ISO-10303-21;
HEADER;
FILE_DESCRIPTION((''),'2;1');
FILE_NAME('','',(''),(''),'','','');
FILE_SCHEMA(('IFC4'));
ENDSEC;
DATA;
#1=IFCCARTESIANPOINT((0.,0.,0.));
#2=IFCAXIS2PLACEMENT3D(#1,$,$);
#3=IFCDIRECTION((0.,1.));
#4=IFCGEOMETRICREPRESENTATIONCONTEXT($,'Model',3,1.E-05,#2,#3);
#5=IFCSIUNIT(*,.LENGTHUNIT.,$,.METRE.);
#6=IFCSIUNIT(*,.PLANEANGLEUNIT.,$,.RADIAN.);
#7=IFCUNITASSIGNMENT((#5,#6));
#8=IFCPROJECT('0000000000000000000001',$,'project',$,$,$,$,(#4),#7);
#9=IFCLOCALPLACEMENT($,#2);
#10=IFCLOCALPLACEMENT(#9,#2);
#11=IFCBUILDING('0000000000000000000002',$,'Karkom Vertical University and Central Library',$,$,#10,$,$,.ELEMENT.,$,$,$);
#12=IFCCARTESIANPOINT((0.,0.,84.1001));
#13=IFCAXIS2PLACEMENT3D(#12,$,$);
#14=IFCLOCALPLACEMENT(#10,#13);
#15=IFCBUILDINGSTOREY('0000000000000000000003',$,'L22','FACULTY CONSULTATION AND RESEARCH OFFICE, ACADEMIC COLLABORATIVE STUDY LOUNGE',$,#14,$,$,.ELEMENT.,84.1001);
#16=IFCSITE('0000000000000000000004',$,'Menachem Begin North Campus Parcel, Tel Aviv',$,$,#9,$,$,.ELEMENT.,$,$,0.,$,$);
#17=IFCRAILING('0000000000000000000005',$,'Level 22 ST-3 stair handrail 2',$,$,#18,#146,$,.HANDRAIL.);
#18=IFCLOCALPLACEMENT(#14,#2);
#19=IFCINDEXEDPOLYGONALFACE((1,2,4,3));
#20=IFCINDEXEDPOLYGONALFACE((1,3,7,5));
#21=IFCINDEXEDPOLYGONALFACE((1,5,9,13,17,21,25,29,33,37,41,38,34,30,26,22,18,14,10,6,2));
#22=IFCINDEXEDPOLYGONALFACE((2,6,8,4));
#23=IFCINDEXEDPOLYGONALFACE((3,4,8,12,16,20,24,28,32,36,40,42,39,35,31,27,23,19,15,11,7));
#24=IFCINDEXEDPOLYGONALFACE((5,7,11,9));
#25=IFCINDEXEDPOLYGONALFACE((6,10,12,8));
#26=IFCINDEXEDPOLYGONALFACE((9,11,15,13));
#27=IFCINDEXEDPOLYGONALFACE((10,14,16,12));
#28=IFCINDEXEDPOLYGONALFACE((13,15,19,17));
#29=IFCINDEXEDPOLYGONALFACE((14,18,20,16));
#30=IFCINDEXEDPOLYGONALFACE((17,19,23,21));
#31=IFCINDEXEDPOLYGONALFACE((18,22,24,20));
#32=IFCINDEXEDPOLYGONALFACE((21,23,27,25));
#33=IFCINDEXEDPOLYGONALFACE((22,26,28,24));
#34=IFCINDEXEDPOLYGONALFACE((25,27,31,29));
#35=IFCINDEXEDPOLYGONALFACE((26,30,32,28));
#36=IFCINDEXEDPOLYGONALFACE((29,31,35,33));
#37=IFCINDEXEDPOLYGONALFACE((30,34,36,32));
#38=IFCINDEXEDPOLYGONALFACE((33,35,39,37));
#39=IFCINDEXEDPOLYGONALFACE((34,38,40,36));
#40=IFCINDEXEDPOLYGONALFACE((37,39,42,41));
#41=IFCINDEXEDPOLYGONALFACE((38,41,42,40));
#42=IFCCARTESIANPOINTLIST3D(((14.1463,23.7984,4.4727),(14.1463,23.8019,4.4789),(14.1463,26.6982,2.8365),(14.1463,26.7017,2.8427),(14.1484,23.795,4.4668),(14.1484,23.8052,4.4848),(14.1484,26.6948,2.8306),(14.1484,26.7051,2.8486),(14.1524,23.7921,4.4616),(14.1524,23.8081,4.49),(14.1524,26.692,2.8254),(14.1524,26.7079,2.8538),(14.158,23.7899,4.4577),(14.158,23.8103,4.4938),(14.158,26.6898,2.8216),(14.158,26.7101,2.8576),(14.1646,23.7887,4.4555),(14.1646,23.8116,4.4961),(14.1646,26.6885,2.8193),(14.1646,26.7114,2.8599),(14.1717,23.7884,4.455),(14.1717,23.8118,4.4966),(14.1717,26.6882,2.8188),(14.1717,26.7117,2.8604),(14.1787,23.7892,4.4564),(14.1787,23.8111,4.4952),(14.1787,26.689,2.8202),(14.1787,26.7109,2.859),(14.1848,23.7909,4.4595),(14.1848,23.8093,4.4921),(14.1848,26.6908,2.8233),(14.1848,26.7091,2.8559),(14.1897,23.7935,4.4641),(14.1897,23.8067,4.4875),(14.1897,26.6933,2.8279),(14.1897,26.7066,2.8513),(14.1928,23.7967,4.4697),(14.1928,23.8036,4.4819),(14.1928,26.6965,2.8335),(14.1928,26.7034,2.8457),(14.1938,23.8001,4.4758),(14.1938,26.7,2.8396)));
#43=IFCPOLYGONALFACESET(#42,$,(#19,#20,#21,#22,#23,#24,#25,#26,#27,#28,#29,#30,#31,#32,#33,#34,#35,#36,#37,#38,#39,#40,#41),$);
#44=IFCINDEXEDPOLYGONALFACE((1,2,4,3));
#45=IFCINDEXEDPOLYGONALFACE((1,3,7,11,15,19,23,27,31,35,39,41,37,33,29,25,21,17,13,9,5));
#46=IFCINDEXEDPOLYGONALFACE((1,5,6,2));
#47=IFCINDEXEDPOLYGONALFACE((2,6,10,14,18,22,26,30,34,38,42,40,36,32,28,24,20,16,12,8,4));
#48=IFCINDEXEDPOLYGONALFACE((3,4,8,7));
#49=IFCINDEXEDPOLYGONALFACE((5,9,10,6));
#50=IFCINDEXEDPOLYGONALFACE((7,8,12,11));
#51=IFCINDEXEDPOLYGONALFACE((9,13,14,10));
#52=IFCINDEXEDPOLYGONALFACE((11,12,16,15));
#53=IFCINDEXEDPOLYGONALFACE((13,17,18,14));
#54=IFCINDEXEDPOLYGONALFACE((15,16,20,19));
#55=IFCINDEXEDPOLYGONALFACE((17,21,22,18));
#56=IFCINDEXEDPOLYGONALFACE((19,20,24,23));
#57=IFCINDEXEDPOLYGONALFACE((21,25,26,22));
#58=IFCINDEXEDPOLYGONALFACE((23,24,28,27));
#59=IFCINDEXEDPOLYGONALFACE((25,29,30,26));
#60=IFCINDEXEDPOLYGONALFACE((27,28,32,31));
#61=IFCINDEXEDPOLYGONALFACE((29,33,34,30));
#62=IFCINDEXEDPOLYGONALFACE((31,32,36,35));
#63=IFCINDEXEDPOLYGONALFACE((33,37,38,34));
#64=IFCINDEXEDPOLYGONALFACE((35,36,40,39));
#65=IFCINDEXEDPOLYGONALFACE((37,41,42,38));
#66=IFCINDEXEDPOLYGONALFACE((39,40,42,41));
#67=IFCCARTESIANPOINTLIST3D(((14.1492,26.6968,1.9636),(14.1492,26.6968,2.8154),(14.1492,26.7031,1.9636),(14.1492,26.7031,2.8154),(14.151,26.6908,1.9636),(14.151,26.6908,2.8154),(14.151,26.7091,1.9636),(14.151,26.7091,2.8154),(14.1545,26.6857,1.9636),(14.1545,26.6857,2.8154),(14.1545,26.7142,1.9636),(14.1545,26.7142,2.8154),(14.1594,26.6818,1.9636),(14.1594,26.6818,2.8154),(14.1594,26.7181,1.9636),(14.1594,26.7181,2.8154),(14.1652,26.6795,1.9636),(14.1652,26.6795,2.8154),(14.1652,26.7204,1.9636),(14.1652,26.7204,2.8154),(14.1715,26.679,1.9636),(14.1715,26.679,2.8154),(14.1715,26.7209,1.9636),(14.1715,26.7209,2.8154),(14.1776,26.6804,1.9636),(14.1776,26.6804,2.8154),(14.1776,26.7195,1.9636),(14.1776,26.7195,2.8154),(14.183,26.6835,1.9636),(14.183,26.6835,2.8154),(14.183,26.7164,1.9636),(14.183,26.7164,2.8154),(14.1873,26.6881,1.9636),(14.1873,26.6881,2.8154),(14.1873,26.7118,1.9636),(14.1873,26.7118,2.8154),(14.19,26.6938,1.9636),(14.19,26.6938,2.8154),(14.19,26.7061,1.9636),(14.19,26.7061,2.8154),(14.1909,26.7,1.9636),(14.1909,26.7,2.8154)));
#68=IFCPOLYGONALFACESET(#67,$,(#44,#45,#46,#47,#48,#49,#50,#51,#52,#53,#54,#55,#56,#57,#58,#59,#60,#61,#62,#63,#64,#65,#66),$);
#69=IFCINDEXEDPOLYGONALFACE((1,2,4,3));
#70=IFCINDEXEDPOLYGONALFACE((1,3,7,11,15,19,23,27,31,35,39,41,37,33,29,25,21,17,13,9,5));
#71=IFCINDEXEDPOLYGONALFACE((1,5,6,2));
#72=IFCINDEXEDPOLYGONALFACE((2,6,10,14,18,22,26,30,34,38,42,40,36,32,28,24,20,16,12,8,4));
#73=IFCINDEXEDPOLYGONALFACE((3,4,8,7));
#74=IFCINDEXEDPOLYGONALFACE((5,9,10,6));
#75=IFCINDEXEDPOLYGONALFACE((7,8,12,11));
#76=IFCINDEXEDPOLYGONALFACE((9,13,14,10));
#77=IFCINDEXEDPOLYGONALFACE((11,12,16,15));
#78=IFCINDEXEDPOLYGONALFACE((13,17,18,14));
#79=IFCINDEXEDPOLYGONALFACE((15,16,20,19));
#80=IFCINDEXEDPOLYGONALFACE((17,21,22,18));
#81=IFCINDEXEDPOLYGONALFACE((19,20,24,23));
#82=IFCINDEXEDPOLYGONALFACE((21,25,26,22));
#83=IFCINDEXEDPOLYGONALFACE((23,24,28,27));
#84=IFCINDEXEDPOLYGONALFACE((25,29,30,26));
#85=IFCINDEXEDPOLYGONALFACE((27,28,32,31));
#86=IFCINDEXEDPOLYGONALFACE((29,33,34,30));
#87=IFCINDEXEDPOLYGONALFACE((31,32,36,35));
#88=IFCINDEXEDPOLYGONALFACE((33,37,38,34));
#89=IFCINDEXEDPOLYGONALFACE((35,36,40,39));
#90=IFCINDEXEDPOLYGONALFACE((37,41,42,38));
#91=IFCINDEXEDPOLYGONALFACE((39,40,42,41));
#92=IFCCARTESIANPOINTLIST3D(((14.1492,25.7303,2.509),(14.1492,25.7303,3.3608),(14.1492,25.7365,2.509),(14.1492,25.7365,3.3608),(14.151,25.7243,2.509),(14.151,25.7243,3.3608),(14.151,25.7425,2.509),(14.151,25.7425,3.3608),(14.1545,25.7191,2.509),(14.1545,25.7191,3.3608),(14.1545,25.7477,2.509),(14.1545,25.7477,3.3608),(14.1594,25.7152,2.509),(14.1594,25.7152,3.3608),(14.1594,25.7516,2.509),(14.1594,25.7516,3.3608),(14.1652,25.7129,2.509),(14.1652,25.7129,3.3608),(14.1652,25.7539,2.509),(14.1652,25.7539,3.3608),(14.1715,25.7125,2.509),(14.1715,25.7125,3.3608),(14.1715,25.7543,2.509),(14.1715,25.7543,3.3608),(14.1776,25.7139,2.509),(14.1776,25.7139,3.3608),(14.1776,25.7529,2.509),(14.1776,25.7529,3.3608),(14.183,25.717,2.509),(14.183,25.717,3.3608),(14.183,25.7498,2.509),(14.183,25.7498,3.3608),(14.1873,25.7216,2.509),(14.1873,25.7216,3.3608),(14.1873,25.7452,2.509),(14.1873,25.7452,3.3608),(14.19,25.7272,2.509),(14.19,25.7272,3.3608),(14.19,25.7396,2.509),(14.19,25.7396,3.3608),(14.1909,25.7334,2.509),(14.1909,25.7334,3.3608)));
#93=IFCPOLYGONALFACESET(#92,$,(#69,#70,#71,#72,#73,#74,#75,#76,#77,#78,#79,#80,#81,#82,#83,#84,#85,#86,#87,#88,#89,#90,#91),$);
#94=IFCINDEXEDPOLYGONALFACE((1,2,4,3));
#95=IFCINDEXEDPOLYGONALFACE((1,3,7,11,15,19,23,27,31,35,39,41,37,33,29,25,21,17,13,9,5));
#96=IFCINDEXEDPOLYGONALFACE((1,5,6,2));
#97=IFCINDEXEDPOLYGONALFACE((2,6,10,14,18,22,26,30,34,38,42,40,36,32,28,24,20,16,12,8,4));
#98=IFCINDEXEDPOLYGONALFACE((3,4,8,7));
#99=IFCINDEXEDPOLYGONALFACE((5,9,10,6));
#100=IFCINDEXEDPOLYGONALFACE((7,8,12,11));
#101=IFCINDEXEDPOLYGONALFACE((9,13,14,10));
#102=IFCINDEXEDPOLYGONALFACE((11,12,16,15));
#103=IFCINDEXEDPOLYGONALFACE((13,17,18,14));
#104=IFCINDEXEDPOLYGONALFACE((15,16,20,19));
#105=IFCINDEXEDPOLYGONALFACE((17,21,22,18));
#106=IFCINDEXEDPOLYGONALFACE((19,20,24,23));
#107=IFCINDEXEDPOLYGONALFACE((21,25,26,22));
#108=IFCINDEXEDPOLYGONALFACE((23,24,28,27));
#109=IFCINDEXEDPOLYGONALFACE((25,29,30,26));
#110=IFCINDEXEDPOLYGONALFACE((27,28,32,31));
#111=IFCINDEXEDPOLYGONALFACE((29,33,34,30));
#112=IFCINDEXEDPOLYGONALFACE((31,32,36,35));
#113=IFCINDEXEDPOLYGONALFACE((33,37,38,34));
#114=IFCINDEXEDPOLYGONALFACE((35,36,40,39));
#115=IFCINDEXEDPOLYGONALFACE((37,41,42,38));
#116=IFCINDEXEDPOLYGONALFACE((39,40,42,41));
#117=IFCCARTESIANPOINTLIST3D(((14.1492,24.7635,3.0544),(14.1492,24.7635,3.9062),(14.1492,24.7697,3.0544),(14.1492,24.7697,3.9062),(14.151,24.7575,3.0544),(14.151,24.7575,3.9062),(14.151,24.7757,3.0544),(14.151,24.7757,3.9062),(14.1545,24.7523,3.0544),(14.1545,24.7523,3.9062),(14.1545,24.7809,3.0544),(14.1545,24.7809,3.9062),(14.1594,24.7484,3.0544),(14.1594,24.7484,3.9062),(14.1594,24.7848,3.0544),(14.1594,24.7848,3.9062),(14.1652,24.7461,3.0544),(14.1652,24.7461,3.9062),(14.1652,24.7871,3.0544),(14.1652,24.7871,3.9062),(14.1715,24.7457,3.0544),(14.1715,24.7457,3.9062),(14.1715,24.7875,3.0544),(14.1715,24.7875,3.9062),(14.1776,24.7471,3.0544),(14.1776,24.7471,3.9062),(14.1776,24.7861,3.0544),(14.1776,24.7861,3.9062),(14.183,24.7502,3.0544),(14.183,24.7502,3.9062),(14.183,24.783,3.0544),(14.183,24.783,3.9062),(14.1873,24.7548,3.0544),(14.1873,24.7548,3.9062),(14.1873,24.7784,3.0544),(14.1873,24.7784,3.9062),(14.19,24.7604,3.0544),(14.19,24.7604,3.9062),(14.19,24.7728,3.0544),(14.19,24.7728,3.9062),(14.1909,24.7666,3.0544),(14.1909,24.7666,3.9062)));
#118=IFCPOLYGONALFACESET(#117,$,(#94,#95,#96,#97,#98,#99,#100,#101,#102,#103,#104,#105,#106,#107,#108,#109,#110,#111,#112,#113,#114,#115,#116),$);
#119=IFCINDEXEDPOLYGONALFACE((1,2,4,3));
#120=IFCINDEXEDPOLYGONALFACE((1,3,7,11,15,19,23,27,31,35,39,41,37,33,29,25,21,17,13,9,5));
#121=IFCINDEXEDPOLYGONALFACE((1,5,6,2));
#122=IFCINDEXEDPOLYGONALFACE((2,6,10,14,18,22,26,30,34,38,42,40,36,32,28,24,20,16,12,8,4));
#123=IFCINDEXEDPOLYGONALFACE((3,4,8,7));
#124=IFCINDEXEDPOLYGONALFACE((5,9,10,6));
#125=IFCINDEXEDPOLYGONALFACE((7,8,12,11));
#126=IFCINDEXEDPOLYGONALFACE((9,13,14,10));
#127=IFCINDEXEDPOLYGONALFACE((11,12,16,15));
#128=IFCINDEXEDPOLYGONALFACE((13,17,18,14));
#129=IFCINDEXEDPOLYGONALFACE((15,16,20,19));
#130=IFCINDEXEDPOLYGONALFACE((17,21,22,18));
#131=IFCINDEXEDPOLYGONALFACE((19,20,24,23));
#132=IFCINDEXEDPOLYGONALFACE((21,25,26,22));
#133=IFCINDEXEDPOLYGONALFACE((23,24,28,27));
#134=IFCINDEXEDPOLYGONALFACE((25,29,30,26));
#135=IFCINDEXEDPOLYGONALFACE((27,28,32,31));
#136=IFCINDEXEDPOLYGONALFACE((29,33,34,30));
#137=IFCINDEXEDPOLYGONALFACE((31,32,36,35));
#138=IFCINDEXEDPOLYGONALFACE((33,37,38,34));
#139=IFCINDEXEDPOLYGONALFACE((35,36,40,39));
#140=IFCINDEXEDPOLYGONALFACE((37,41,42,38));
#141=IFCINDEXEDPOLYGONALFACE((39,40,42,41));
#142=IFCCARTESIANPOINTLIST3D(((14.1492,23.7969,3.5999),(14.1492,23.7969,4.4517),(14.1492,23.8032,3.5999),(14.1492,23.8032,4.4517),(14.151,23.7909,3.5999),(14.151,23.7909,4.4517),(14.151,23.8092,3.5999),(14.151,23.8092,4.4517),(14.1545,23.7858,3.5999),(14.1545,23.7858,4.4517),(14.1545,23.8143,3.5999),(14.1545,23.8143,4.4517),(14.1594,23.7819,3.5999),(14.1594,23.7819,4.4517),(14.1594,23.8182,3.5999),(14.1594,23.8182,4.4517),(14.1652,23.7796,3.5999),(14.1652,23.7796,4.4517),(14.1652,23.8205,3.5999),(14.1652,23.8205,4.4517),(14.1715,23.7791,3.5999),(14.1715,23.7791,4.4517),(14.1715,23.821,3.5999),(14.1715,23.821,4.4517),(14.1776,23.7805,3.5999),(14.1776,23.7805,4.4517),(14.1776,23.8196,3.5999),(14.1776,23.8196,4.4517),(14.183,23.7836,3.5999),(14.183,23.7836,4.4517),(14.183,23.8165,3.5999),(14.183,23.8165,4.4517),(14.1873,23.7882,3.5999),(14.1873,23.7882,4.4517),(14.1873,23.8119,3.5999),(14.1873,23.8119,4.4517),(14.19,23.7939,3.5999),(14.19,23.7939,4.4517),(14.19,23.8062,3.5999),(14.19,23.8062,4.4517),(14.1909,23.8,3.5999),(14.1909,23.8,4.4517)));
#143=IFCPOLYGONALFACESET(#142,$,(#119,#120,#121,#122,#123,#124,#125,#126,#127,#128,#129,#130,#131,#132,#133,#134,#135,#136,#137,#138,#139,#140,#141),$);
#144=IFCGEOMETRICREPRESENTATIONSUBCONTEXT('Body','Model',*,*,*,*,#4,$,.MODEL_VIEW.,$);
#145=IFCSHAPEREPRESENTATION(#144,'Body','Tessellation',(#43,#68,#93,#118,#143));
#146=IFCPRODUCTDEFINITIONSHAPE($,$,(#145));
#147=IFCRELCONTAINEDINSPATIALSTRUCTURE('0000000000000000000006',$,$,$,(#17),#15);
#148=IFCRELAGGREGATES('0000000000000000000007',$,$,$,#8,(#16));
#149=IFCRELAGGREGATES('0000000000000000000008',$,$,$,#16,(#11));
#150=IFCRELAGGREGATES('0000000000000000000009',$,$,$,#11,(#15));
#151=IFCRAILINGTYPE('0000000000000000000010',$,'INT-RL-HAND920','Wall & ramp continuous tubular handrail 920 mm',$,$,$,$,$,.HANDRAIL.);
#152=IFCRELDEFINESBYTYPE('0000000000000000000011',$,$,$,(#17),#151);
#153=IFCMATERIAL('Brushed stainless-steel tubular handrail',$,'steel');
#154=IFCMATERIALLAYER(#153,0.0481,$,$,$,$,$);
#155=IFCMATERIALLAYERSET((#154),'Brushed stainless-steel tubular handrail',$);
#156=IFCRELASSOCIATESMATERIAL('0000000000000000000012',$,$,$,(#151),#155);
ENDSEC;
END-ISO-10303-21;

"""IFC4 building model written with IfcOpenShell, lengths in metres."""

from ifc_helpers import new_model, si_unit, direction, frame, origin, origin_2d, place, context, subcontext, project, spatial, circle, extrude, material, layer, layer_set, type_object, element, save


model = new_model("IFC4")

# Units and contexts
model_context = context("Model", 3, precision=1e-05, world=origin(), true_north=direction((0.0, 1.0)))
body_context = subcontext(model_context, "Body", "Model", "MODEL_VIEW")
ifc_project = project(units=[si_unit("LENGTHUNIT", "METRE"), si_unit("PLANEANGLEUNIT", "RADIAN")], contexts=[model_context])

# Site, building, storey
site_placement = place(None, origin())
site = spatial("IfcSite", under=ifc_project, at=site_placement, Name="Menachem Begin North Campus Parcel, Tel Aviv", CompositionType="ELEMENT", RefElevation=0.0)
building_placement = place(site_placement, origin())
building = spatial("IfcBuilding", under=site, at=building_placement, Name="Karkom Vertical University and Central Library", CompositionType="ELEMENT")
storey_placement = place(building_placement, frame((0.0, 0.0, 84.1001)))
storey = spatial("IfcBuildingStorey", under=building, at=storey_placement, Name="L22", Description="FACULTY CONSULTATION AND RESEARCH OFFICE, ACADEMIC COLLABORATIVE STUDY LOUNGE", CompositionType="ELEMENT", Elevation=84.1001)

# Railing
ifc_material_1 = material(Name="Brushed stainless-steel tubular handrail", Category="steel")
ifc_layer_1 = layer(ifc_material_1, 0.0481)
ifc_layer_set_1 = layer_set([ifc_layer_1], Name="Brushed stainless-steel tubular handrail")
railing_type_1 = type_object("IfcRailingType", Name="INT-RL-HAND920", Description="Wall & ramp continuous tubular handrail 920 mm", PredefinedType="HANDRAIL", material=ifc_layer_set_1)
railing_1_placement = place(storey_placement, frame((14.1699, 26.7, 1.9636)))
element("IfcRailing", 1, at=railing_1_placement, inside=storey, type_object=railing_type_1, Name="Level 22 ST-3 stair handrail 2", PredefinedType="HANDRAIL", context=body_context, shape_type="SweptSolid", body=[
    extrude(circle(Radius=0.0239, at=origin_2d()), frame((0.0, 0.0, 0.876), z_axis=(0.0, -0.870929, 0.49141), x_axis=(1.0, 0.0, 0.0)), (0.0, 0.0, 1.0), 3.3296),
    extrude(circle(Radius=0.021, at=origin_2d()), origin(), (0.0, 0.0, 1.0), 0.8518),
    extrude(circle(Radius=0.021, at=origin_2d()), frame((0.0, -0.9666, 0.5454)), (0.0, 0.0, 1.0), 0.8518),
    extrude(circle(Radius=0.021, at=origin_2d()), frame((0.0, -1.9333, 1.0908)), (0.0, 0.0, 1.0), 0.8518),
    extrude(circle(Radius=0.021, at=origin_2d()), frame((0.0, -2.8999, 1.6362)), (0.0, 0.0, 1.0), 0.8518),
])

save(model, "model.ifc")
